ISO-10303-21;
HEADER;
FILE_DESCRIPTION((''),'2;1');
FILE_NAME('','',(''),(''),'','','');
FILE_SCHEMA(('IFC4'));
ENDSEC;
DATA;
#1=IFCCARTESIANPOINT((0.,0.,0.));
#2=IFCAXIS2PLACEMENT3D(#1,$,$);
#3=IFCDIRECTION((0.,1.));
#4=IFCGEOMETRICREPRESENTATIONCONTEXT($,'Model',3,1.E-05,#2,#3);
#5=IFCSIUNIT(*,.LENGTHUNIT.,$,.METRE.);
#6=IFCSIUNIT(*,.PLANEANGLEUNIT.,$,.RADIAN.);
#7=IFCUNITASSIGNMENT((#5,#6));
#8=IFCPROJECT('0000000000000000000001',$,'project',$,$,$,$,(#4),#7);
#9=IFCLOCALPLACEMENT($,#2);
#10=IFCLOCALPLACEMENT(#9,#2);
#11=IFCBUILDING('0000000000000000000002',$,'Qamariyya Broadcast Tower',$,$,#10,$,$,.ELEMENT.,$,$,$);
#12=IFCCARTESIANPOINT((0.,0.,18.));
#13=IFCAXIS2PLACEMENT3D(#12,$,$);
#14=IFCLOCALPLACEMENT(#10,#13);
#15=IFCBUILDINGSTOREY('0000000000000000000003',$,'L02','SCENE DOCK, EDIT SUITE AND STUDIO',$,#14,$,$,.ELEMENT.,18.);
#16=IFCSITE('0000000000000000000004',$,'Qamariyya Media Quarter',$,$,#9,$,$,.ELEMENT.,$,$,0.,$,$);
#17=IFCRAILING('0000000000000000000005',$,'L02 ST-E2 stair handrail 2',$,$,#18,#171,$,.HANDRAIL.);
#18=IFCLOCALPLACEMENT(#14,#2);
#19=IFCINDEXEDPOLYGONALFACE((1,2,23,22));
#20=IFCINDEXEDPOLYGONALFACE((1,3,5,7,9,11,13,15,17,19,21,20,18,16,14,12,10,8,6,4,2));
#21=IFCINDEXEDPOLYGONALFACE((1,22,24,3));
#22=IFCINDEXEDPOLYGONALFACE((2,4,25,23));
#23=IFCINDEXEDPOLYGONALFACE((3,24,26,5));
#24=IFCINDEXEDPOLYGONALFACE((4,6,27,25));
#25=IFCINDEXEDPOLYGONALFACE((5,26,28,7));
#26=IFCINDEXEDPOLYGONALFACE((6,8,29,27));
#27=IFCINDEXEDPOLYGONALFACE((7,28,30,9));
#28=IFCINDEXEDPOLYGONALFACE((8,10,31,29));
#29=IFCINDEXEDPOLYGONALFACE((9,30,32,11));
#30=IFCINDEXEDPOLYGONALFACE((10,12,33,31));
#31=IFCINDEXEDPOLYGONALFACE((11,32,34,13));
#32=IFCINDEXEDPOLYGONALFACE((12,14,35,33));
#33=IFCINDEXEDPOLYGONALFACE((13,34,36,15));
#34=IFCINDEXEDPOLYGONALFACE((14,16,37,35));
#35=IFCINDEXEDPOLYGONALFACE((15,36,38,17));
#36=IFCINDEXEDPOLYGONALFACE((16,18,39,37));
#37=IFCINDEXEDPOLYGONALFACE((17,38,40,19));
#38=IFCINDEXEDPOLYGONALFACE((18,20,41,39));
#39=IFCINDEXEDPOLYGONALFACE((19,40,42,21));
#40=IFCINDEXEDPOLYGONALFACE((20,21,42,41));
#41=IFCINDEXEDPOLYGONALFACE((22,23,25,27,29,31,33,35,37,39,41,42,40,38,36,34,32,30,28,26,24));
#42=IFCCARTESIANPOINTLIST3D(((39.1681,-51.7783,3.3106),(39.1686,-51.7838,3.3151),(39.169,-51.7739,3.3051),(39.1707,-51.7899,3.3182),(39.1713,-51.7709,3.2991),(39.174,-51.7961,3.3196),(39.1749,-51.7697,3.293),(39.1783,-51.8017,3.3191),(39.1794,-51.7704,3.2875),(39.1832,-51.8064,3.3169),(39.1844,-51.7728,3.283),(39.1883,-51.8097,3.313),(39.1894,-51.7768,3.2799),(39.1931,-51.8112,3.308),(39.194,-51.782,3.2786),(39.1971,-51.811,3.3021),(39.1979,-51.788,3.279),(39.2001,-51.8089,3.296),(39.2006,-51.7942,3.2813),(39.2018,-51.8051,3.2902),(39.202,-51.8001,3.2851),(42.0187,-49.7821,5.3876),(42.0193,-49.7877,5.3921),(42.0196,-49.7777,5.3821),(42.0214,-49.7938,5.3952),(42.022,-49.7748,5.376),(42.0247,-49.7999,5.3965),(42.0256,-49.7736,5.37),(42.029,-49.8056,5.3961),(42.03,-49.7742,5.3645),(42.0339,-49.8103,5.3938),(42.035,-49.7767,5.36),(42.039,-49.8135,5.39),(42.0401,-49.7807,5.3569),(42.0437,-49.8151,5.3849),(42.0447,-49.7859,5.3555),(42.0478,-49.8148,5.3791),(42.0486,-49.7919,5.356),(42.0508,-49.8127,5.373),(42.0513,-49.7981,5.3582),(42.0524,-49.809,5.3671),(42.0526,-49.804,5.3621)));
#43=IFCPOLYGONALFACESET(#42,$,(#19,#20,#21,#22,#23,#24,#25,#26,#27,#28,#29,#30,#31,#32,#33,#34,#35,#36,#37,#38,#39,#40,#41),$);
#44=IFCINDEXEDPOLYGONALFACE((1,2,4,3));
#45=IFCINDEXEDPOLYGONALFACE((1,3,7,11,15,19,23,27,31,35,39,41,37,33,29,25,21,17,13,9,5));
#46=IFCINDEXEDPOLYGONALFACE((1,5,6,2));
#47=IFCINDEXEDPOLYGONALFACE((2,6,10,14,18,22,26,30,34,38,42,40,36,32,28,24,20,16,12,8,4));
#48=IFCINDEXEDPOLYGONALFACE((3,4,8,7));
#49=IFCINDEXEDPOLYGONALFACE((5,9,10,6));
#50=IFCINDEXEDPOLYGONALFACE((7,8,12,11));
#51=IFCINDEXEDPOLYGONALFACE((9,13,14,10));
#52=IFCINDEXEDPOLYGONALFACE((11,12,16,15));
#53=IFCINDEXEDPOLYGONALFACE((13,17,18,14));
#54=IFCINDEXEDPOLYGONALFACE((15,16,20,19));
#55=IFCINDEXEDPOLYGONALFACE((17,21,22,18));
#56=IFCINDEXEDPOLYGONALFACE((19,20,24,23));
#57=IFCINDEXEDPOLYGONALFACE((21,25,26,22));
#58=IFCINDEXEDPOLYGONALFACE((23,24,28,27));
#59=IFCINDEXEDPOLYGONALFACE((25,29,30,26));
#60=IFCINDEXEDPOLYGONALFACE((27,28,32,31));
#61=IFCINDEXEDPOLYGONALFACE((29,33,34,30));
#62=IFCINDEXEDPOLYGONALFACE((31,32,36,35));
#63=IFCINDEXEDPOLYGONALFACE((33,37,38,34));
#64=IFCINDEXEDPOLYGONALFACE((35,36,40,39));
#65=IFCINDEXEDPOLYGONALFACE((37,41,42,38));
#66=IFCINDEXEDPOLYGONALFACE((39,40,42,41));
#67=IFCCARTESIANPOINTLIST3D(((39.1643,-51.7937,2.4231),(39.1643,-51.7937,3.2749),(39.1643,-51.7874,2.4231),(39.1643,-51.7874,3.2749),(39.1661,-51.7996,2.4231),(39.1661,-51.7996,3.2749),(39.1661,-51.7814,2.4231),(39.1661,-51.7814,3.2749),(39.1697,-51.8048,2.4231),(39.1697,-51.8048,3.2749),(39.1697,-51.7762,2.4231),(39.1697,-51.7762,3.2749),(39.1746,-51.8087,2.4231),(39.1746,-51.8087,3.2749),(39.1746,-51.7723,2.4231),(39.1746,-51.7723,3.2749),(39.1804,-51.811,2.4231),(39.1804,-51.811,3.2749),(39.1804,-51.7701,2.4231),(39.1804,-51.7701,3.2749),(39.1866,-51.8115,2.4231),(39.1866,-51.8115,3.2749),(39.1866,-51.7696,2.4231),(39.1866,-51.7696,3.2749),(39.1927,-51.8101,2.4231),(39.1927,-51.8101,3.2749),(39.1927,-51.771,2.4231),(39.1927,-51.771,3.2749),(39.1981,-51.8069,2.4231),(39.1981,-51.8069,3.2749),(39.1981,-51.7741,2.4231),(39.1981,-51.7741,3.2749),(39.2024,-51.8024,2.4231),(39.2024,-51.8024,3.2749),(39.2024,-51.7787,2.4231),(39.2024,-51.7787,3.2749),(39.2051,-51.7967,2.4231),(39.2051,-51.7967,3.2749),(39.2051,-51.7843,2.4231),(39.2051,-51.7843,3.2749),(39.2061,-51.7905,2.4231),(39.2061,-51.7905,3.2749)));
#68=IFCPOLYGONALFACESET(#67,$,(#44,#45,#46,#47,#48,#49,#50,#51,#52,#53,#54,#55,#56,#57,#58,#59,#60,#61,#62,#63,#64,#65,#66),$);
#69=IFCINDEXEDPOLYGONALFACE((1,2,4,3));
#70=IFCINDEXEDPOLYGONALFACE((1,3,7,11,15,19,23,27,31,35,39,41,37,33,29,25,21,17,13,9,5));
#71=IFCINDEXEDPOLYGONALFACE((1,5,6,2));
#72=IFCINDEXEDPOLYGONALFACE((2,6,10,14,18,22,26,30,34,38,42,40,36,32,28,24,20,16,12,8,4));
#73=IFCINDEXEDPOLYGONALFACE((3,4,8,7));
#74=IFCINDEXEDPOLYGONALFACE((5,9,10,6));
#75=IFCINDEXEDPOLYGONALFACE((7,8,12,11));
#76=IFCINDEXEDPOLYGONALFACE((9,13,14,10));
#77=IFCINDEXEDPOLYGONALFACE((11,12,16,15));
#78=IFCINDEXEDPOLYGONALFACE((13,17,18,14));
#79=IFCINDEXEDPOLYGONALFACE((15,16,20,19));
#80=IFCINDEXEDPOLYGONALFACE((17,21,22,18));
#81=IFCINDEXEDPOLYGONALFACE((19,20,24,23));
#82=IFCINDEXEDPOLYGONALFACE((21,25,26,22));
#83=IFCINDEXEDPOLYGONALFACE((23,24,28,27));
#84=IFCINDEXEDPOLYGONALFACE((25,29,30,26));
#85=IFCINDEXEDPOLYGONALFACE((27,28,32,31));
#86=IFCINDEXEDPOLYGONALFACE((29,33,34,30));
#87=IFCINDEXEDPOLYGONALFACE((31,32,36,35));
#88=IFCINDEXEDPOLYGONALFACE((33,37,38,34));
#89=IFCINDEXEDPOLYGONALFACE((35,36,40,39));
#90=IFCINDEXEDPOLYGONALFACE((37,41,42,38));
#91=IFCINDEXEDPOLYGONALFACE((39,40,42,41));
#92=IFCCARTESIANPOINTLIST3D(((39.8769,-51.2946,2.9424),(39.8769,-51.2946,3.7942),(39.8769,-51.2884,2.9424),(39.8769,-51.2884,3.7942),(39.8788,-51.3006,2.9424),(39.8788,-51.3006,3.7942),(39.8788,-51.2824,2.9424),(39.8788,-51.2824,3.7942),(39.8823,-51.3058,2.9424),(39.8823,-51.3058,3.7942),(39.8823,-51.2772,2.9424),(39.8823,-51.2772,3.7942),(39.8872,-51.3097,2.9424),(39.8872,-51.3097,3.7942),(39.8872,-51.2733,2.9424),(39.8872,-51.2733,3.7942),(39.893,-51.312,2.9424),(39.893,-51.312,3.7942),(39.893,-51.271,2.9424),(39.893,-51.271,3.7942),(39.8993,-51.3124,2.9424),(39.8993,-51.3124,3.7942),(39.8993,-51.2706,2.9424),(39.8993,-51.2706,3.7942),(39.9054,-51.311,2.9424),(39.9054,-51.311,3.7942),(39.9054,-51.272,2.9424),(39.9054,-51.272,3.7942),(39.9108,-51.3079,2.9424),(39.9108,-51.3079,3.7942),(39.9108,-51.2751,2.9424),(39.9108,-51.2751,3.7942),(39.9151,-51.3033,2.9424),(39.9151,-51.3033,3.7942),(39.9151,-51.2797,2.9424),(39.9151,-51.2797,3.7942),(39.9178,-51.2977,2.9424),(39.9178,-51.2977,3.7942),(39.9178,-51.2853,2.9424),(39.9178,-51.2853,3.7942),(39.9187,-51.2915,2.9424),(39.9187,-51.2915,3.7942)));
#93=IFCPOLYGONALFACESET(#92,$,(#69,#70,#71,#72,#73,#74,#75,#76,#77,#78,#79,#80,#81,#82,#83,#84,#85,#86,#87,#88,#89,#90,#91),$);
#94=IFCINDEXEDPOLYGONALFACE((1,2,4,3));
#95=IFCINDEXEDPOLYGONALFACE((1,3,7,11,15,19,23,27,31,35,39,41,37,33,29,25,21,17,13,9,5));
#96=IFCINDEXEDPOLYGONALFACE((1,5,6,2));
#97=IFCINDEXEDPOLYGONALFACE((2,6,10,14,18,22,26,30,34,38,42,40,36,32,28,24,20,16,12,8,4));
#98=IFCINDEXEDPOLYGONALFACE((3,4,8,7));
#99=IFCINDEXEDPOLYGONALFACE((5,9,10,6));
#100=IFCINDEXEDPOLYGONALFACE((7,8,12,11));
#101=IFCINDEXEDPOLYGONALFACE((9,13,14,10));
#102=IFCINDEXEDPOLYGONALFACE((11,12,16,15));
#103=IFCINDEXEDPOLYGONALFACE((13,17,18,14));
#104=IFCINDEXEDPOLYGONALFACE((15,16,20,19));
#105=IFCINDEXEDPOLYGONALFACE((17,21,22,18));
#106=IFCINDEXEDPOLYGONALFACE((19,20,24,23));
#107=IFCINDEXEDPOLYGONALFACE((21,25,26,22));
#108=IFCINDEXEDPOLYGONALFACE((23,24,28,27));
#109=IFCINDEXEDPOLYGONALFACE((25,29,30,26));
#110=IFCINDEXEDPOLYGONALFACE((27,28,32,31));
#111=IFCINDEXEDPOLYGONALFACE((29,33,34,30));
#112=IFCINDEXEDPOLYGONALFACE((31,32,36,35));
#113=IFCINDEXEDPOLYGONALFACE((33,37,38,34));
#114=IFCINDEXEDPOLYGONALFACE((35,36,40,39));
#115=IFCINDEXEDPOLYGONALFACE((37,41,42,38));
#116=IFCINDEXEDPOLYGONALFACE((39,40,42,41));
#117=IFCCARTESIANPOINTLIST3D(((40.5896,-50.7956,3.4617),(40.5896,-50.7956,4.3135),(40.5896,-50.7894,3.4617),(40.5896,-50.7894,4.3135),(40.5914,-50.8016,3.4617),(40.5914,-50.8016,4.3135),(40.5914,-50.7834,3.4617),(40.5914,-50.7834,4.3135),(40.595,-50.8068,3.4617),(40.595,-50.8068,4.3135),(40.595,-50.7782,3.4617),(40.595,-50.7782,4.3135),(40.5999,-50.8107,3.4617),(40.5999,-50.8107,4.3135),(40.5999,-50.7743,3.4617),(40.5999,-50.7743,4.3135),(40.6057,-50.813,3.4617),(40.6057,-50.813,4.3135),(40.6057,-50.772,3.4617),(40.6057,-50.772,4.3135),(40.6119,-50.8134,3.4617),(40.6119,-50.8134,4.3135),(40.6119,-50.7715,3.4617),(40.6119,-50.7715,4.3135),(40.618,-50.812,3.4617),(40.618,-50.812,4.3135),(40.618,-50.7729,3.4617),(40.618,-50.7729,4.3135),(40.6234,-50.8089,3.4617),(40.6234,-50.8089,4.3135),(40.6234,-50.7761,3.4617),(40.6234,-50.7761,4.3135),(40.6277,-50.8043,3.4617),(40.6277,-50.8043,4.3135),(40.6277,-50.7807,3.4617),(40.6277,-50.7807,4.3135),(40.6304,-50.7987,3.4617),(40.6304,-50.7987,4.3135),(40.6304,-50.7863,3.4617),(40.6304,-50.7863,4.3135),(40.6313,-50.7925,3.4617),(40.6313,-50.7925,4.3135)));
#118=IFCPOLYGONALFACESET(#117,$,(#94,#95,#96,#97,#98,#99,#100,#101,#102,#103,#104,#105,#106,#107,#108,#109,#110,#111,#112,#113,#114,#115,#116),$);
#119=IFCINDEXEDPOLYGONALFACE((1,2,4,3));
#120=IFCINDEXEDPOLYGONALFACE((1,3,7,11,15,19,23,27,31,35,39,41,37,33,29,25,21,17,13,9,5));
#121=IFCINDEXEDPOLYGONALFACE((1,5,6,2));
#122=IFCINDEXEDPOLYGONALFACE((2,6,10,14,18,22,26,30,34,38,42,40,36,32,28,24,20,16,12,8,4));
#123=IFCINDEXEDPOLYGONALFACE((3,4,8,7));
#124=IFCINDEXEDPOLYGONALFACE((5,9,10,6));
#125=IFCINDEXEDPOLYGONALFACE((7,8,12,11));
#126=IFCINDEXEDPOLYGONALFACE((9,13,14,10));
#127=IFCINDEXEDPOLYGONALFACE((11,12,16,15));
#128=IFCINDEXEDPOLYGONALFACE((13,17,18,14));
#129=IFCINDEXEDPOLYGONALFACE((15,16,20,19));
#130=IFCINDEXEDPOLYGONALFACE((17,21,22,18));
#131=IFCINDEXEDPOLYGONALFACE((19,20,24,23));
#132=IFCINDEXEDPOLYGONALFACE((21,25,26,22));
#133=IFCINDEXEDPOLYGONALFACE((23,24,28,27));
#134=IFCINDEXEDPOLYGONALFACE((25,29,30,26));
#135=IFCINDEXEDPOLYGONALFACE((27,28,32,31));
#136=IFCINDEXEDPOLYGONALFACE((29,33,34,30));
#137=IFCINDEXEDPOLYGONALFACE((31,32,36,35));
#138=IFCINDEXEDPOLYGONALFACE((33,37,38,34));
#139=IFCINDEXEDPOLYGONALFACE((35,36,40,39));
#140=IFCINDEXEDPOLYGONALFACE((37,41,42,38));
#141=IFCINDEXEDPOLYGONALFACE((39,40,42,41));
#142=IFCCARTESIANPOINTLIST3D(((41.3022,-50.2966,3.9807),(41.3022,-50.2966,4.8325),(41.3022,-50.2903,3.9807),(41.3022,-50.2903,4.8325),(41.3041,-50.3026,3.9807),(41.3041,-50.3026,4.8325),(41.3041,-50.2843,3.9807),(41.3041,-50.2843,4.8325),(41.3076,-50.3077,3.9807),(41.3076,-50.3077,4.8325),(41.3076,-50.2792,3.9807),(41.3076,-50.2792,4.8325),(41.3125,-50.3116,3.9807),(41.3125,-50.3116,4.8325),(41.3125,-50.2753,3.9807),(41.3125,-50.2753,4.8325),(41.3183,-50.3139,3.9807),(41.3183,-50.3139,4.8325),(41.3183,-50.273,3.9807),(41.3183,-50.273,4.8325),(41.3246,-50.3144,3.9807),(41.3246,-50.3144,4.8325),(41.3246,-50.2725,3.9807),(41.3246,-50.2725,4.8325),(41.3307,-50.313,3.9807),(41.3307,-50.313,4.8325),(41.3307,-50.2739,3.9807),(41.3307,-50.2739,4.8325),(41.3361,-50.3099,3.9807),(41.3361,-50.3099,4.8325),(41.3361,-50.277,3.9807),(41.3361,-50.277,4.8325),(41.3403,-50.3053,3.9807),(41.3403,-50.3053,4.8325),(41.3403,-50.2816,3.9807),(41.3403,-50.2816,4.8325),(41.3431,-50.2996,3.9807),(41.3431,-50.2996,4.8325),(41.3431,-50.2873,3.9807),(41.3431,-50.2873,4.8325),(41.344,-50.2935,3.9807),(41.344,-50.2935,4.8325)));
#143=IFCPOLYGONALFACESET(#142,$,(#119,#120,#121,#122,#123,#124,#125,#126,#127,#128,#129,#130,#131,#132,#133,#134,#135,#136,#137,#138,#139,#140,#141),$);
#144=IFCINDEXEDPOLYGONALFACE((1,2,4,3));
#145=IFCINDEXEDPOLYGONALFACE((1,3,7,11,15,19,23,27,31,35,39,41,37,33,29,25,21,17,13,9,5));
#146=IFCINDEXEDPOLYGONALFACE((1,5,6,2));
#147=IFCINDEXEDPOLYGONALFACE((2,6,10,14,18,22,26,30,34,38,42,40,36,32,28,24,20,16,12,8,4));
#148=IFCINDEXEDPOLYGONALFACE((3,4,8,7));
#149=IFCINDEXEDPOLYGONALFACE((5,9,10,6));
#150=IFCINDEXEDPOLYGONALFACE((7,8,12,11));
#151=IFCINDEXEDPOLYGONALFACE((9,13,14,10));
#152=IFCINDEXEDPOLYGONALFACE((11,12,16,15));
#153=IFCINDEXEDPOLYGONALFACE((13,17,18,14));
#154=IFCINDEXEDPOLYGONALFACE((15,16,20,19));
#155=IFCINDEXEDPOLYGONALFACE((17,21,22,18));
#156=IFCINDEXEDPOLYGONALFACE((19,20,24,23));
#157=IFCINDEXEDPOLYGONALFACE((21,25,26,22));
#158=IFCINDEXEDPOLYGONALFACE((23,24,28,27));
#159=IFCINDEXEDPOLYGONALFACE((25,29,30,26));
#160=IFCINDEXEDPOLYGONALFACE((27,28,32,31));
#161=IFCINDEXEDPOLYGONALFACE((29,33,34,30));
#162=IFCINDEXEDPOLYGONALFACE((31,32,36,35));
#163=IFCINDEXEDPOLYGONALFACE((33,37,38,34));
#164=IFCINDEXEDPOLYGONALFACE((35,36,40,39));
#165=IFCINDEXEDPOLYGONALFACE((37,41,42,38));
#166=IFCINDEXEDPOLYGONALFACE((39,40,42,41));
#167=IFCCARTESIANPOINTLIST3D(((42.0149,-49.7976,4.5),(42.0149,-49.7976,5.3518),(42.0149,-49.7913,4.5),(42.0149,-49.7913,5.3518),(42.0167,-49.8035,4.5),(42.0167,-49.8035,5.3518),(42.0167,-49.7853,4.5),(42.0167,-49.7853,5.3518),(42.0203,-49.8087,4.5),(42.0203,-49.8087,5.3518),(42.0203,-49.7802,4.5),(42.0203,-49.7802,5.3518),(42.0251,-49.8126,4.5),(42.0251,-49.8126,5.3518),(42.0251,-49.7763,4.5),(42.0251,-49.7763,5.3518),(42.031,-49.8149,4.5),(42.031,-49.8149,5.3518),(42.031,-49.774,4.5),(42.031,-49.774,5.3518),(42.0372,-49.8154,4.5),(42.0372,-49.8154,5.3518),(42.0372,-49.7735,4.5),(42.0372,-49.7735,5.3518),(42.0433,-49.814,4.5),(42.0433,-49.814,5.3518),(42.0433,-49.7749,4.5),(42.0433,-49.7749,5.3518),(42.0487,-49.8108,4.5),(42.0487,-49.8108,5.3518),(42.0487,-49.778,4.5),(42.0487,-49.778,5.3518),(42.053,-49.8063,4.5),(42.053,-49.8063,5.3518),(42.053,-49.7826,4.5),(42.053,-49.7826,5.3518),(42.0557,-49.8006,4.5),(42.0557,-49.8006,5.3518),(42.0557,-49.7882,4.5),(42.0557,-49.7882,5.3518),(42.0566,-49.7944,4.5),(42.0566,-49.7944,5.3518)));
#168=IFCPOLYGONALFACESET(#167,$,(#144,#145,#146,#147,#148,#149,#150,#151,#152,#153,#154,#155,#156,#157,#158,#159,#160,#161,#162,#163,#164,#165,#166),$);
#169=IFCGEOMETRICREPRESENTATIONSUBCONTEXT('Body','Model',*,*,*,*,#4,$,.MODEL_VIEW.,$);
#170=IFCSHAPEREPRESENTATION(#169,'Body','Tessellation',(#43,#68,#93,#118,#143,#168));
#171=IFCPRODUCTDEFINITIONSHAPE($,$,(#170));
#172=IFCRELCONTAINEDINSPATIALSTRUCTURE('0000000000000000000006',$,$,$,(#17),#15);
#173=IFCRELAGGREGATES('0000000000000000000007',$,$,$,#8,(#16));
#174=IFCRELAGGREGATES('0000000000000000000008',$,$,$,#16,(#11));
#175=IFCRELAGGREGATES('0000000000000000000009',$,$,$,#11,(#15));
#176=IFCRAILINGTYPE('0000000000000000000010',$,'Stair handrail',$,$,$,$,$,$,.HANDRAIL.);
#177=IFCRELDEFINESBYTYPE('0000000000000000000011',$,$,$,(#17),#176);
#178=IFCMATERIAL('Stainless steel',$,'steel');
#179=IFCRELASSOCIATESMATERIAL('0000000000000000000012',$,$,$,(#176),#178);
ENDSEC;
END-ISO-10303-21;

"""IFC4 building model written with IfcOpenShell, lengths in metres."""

from ifc_helpers import new_model, si_unit, direction, frame, origin, origin_2d, place, context, subcontext, project, spatial, circle, extrude, material, type_object, element, save


model = new_model("IFC4")

# Units and contexts
model_context = context("Model", 3, precision=1e-05, world=origin(), true_north=direction((0.0, 1.0)))
body_context = subcontext(model_context, "Body", "Model", "MODEL_VIEW")
ifc_project = project(units=[si_unit("LENGTHUNIT", "METRE"), si_unit("PLANEANGLEUNIT", "RADIAN")], contexts=[model_context])

# Site, building, storey
site_placement = place(None, origin())
site = spatial("IfcSite", under=ifc_project, at=site_placement, Name="Qamariyya Media Quarter", CompositionType="ELEMENT", RefElevation=0.0)
building_placement = place(site_placement, origin())
building = spatial("IfcBuilding", under=site, at=building_placement, Name="Qamariyya Broadcast Tower", CompositionType="ELEMENT")
storey_placement = place(building_placement, frame((0.0, 0.0, 18.0)))
storey = spatial("IfcBuildingStorey", under=building, at=storey_placement, Name="L02", Description="SCENE DOCK, EDIT SUITE AND STUDIO", CompositionType="ELEMENT", Elevation=18.0)

# Railing
ifc_material_1 = material(Name="Stainless steel", Category="steel")
railing_type_1 = type_object("IfcRailingType", Name="Stair handrail", PredefinedType="HANDRAIL", material=ifc_material_1)
for number, where, name in (
    (1, (39.1851, -51.7905, 2.4231), "L02 ST-E2 stair handrail 2"),
):
    element("IfcRailing", number, at=place(storey_placement, frame(where)), inside=storey, type_object=railing_type_1, Name=name, PredefinedType="HANDRAIL", context=body_context, shape_type="SweptSolid", body=[
        extrude(circle(Radius=0.0239, at=origin_2d()), frame((0.0, 0.0, 0.876), z_axis=(0.703393, 0.492544, 0.512484), x_axis=(-0.573594, 0.81914, 0.0)), (0.0, 0.0, 1.0), 4.0527),
        extrude(circle(Radius=0.021, at=origin_2d()), origin(), (0.0, 0.0, 1.0), 0.8518),
        extrude(circle(Radius=0.021, at=origin_2d()), frame((0.7126, 0.499, 0.5193)), (0.0, 0.0, 1.0), 0.8518),
        extrude(circle(Radius=0.021, at=origin_2d()), frame((1.4253, 0.998, 1.0386)), (0.0, 0.0, 1.0), 0.8518),
        extrude(circle(Radius=0.021, at=origin_2d()), frame((2.1379, 1.4971, 1.5576)), (0.0, 0.0, 1.0), 0.8518),
        extrude(circle(Radius=0.021, at=origin_2d()), frame((2.8506, 1.9961, 2.0769)), (0.0, 0.0, 1.0), 0.8518),
    ])

save(model, "model.ifc")
